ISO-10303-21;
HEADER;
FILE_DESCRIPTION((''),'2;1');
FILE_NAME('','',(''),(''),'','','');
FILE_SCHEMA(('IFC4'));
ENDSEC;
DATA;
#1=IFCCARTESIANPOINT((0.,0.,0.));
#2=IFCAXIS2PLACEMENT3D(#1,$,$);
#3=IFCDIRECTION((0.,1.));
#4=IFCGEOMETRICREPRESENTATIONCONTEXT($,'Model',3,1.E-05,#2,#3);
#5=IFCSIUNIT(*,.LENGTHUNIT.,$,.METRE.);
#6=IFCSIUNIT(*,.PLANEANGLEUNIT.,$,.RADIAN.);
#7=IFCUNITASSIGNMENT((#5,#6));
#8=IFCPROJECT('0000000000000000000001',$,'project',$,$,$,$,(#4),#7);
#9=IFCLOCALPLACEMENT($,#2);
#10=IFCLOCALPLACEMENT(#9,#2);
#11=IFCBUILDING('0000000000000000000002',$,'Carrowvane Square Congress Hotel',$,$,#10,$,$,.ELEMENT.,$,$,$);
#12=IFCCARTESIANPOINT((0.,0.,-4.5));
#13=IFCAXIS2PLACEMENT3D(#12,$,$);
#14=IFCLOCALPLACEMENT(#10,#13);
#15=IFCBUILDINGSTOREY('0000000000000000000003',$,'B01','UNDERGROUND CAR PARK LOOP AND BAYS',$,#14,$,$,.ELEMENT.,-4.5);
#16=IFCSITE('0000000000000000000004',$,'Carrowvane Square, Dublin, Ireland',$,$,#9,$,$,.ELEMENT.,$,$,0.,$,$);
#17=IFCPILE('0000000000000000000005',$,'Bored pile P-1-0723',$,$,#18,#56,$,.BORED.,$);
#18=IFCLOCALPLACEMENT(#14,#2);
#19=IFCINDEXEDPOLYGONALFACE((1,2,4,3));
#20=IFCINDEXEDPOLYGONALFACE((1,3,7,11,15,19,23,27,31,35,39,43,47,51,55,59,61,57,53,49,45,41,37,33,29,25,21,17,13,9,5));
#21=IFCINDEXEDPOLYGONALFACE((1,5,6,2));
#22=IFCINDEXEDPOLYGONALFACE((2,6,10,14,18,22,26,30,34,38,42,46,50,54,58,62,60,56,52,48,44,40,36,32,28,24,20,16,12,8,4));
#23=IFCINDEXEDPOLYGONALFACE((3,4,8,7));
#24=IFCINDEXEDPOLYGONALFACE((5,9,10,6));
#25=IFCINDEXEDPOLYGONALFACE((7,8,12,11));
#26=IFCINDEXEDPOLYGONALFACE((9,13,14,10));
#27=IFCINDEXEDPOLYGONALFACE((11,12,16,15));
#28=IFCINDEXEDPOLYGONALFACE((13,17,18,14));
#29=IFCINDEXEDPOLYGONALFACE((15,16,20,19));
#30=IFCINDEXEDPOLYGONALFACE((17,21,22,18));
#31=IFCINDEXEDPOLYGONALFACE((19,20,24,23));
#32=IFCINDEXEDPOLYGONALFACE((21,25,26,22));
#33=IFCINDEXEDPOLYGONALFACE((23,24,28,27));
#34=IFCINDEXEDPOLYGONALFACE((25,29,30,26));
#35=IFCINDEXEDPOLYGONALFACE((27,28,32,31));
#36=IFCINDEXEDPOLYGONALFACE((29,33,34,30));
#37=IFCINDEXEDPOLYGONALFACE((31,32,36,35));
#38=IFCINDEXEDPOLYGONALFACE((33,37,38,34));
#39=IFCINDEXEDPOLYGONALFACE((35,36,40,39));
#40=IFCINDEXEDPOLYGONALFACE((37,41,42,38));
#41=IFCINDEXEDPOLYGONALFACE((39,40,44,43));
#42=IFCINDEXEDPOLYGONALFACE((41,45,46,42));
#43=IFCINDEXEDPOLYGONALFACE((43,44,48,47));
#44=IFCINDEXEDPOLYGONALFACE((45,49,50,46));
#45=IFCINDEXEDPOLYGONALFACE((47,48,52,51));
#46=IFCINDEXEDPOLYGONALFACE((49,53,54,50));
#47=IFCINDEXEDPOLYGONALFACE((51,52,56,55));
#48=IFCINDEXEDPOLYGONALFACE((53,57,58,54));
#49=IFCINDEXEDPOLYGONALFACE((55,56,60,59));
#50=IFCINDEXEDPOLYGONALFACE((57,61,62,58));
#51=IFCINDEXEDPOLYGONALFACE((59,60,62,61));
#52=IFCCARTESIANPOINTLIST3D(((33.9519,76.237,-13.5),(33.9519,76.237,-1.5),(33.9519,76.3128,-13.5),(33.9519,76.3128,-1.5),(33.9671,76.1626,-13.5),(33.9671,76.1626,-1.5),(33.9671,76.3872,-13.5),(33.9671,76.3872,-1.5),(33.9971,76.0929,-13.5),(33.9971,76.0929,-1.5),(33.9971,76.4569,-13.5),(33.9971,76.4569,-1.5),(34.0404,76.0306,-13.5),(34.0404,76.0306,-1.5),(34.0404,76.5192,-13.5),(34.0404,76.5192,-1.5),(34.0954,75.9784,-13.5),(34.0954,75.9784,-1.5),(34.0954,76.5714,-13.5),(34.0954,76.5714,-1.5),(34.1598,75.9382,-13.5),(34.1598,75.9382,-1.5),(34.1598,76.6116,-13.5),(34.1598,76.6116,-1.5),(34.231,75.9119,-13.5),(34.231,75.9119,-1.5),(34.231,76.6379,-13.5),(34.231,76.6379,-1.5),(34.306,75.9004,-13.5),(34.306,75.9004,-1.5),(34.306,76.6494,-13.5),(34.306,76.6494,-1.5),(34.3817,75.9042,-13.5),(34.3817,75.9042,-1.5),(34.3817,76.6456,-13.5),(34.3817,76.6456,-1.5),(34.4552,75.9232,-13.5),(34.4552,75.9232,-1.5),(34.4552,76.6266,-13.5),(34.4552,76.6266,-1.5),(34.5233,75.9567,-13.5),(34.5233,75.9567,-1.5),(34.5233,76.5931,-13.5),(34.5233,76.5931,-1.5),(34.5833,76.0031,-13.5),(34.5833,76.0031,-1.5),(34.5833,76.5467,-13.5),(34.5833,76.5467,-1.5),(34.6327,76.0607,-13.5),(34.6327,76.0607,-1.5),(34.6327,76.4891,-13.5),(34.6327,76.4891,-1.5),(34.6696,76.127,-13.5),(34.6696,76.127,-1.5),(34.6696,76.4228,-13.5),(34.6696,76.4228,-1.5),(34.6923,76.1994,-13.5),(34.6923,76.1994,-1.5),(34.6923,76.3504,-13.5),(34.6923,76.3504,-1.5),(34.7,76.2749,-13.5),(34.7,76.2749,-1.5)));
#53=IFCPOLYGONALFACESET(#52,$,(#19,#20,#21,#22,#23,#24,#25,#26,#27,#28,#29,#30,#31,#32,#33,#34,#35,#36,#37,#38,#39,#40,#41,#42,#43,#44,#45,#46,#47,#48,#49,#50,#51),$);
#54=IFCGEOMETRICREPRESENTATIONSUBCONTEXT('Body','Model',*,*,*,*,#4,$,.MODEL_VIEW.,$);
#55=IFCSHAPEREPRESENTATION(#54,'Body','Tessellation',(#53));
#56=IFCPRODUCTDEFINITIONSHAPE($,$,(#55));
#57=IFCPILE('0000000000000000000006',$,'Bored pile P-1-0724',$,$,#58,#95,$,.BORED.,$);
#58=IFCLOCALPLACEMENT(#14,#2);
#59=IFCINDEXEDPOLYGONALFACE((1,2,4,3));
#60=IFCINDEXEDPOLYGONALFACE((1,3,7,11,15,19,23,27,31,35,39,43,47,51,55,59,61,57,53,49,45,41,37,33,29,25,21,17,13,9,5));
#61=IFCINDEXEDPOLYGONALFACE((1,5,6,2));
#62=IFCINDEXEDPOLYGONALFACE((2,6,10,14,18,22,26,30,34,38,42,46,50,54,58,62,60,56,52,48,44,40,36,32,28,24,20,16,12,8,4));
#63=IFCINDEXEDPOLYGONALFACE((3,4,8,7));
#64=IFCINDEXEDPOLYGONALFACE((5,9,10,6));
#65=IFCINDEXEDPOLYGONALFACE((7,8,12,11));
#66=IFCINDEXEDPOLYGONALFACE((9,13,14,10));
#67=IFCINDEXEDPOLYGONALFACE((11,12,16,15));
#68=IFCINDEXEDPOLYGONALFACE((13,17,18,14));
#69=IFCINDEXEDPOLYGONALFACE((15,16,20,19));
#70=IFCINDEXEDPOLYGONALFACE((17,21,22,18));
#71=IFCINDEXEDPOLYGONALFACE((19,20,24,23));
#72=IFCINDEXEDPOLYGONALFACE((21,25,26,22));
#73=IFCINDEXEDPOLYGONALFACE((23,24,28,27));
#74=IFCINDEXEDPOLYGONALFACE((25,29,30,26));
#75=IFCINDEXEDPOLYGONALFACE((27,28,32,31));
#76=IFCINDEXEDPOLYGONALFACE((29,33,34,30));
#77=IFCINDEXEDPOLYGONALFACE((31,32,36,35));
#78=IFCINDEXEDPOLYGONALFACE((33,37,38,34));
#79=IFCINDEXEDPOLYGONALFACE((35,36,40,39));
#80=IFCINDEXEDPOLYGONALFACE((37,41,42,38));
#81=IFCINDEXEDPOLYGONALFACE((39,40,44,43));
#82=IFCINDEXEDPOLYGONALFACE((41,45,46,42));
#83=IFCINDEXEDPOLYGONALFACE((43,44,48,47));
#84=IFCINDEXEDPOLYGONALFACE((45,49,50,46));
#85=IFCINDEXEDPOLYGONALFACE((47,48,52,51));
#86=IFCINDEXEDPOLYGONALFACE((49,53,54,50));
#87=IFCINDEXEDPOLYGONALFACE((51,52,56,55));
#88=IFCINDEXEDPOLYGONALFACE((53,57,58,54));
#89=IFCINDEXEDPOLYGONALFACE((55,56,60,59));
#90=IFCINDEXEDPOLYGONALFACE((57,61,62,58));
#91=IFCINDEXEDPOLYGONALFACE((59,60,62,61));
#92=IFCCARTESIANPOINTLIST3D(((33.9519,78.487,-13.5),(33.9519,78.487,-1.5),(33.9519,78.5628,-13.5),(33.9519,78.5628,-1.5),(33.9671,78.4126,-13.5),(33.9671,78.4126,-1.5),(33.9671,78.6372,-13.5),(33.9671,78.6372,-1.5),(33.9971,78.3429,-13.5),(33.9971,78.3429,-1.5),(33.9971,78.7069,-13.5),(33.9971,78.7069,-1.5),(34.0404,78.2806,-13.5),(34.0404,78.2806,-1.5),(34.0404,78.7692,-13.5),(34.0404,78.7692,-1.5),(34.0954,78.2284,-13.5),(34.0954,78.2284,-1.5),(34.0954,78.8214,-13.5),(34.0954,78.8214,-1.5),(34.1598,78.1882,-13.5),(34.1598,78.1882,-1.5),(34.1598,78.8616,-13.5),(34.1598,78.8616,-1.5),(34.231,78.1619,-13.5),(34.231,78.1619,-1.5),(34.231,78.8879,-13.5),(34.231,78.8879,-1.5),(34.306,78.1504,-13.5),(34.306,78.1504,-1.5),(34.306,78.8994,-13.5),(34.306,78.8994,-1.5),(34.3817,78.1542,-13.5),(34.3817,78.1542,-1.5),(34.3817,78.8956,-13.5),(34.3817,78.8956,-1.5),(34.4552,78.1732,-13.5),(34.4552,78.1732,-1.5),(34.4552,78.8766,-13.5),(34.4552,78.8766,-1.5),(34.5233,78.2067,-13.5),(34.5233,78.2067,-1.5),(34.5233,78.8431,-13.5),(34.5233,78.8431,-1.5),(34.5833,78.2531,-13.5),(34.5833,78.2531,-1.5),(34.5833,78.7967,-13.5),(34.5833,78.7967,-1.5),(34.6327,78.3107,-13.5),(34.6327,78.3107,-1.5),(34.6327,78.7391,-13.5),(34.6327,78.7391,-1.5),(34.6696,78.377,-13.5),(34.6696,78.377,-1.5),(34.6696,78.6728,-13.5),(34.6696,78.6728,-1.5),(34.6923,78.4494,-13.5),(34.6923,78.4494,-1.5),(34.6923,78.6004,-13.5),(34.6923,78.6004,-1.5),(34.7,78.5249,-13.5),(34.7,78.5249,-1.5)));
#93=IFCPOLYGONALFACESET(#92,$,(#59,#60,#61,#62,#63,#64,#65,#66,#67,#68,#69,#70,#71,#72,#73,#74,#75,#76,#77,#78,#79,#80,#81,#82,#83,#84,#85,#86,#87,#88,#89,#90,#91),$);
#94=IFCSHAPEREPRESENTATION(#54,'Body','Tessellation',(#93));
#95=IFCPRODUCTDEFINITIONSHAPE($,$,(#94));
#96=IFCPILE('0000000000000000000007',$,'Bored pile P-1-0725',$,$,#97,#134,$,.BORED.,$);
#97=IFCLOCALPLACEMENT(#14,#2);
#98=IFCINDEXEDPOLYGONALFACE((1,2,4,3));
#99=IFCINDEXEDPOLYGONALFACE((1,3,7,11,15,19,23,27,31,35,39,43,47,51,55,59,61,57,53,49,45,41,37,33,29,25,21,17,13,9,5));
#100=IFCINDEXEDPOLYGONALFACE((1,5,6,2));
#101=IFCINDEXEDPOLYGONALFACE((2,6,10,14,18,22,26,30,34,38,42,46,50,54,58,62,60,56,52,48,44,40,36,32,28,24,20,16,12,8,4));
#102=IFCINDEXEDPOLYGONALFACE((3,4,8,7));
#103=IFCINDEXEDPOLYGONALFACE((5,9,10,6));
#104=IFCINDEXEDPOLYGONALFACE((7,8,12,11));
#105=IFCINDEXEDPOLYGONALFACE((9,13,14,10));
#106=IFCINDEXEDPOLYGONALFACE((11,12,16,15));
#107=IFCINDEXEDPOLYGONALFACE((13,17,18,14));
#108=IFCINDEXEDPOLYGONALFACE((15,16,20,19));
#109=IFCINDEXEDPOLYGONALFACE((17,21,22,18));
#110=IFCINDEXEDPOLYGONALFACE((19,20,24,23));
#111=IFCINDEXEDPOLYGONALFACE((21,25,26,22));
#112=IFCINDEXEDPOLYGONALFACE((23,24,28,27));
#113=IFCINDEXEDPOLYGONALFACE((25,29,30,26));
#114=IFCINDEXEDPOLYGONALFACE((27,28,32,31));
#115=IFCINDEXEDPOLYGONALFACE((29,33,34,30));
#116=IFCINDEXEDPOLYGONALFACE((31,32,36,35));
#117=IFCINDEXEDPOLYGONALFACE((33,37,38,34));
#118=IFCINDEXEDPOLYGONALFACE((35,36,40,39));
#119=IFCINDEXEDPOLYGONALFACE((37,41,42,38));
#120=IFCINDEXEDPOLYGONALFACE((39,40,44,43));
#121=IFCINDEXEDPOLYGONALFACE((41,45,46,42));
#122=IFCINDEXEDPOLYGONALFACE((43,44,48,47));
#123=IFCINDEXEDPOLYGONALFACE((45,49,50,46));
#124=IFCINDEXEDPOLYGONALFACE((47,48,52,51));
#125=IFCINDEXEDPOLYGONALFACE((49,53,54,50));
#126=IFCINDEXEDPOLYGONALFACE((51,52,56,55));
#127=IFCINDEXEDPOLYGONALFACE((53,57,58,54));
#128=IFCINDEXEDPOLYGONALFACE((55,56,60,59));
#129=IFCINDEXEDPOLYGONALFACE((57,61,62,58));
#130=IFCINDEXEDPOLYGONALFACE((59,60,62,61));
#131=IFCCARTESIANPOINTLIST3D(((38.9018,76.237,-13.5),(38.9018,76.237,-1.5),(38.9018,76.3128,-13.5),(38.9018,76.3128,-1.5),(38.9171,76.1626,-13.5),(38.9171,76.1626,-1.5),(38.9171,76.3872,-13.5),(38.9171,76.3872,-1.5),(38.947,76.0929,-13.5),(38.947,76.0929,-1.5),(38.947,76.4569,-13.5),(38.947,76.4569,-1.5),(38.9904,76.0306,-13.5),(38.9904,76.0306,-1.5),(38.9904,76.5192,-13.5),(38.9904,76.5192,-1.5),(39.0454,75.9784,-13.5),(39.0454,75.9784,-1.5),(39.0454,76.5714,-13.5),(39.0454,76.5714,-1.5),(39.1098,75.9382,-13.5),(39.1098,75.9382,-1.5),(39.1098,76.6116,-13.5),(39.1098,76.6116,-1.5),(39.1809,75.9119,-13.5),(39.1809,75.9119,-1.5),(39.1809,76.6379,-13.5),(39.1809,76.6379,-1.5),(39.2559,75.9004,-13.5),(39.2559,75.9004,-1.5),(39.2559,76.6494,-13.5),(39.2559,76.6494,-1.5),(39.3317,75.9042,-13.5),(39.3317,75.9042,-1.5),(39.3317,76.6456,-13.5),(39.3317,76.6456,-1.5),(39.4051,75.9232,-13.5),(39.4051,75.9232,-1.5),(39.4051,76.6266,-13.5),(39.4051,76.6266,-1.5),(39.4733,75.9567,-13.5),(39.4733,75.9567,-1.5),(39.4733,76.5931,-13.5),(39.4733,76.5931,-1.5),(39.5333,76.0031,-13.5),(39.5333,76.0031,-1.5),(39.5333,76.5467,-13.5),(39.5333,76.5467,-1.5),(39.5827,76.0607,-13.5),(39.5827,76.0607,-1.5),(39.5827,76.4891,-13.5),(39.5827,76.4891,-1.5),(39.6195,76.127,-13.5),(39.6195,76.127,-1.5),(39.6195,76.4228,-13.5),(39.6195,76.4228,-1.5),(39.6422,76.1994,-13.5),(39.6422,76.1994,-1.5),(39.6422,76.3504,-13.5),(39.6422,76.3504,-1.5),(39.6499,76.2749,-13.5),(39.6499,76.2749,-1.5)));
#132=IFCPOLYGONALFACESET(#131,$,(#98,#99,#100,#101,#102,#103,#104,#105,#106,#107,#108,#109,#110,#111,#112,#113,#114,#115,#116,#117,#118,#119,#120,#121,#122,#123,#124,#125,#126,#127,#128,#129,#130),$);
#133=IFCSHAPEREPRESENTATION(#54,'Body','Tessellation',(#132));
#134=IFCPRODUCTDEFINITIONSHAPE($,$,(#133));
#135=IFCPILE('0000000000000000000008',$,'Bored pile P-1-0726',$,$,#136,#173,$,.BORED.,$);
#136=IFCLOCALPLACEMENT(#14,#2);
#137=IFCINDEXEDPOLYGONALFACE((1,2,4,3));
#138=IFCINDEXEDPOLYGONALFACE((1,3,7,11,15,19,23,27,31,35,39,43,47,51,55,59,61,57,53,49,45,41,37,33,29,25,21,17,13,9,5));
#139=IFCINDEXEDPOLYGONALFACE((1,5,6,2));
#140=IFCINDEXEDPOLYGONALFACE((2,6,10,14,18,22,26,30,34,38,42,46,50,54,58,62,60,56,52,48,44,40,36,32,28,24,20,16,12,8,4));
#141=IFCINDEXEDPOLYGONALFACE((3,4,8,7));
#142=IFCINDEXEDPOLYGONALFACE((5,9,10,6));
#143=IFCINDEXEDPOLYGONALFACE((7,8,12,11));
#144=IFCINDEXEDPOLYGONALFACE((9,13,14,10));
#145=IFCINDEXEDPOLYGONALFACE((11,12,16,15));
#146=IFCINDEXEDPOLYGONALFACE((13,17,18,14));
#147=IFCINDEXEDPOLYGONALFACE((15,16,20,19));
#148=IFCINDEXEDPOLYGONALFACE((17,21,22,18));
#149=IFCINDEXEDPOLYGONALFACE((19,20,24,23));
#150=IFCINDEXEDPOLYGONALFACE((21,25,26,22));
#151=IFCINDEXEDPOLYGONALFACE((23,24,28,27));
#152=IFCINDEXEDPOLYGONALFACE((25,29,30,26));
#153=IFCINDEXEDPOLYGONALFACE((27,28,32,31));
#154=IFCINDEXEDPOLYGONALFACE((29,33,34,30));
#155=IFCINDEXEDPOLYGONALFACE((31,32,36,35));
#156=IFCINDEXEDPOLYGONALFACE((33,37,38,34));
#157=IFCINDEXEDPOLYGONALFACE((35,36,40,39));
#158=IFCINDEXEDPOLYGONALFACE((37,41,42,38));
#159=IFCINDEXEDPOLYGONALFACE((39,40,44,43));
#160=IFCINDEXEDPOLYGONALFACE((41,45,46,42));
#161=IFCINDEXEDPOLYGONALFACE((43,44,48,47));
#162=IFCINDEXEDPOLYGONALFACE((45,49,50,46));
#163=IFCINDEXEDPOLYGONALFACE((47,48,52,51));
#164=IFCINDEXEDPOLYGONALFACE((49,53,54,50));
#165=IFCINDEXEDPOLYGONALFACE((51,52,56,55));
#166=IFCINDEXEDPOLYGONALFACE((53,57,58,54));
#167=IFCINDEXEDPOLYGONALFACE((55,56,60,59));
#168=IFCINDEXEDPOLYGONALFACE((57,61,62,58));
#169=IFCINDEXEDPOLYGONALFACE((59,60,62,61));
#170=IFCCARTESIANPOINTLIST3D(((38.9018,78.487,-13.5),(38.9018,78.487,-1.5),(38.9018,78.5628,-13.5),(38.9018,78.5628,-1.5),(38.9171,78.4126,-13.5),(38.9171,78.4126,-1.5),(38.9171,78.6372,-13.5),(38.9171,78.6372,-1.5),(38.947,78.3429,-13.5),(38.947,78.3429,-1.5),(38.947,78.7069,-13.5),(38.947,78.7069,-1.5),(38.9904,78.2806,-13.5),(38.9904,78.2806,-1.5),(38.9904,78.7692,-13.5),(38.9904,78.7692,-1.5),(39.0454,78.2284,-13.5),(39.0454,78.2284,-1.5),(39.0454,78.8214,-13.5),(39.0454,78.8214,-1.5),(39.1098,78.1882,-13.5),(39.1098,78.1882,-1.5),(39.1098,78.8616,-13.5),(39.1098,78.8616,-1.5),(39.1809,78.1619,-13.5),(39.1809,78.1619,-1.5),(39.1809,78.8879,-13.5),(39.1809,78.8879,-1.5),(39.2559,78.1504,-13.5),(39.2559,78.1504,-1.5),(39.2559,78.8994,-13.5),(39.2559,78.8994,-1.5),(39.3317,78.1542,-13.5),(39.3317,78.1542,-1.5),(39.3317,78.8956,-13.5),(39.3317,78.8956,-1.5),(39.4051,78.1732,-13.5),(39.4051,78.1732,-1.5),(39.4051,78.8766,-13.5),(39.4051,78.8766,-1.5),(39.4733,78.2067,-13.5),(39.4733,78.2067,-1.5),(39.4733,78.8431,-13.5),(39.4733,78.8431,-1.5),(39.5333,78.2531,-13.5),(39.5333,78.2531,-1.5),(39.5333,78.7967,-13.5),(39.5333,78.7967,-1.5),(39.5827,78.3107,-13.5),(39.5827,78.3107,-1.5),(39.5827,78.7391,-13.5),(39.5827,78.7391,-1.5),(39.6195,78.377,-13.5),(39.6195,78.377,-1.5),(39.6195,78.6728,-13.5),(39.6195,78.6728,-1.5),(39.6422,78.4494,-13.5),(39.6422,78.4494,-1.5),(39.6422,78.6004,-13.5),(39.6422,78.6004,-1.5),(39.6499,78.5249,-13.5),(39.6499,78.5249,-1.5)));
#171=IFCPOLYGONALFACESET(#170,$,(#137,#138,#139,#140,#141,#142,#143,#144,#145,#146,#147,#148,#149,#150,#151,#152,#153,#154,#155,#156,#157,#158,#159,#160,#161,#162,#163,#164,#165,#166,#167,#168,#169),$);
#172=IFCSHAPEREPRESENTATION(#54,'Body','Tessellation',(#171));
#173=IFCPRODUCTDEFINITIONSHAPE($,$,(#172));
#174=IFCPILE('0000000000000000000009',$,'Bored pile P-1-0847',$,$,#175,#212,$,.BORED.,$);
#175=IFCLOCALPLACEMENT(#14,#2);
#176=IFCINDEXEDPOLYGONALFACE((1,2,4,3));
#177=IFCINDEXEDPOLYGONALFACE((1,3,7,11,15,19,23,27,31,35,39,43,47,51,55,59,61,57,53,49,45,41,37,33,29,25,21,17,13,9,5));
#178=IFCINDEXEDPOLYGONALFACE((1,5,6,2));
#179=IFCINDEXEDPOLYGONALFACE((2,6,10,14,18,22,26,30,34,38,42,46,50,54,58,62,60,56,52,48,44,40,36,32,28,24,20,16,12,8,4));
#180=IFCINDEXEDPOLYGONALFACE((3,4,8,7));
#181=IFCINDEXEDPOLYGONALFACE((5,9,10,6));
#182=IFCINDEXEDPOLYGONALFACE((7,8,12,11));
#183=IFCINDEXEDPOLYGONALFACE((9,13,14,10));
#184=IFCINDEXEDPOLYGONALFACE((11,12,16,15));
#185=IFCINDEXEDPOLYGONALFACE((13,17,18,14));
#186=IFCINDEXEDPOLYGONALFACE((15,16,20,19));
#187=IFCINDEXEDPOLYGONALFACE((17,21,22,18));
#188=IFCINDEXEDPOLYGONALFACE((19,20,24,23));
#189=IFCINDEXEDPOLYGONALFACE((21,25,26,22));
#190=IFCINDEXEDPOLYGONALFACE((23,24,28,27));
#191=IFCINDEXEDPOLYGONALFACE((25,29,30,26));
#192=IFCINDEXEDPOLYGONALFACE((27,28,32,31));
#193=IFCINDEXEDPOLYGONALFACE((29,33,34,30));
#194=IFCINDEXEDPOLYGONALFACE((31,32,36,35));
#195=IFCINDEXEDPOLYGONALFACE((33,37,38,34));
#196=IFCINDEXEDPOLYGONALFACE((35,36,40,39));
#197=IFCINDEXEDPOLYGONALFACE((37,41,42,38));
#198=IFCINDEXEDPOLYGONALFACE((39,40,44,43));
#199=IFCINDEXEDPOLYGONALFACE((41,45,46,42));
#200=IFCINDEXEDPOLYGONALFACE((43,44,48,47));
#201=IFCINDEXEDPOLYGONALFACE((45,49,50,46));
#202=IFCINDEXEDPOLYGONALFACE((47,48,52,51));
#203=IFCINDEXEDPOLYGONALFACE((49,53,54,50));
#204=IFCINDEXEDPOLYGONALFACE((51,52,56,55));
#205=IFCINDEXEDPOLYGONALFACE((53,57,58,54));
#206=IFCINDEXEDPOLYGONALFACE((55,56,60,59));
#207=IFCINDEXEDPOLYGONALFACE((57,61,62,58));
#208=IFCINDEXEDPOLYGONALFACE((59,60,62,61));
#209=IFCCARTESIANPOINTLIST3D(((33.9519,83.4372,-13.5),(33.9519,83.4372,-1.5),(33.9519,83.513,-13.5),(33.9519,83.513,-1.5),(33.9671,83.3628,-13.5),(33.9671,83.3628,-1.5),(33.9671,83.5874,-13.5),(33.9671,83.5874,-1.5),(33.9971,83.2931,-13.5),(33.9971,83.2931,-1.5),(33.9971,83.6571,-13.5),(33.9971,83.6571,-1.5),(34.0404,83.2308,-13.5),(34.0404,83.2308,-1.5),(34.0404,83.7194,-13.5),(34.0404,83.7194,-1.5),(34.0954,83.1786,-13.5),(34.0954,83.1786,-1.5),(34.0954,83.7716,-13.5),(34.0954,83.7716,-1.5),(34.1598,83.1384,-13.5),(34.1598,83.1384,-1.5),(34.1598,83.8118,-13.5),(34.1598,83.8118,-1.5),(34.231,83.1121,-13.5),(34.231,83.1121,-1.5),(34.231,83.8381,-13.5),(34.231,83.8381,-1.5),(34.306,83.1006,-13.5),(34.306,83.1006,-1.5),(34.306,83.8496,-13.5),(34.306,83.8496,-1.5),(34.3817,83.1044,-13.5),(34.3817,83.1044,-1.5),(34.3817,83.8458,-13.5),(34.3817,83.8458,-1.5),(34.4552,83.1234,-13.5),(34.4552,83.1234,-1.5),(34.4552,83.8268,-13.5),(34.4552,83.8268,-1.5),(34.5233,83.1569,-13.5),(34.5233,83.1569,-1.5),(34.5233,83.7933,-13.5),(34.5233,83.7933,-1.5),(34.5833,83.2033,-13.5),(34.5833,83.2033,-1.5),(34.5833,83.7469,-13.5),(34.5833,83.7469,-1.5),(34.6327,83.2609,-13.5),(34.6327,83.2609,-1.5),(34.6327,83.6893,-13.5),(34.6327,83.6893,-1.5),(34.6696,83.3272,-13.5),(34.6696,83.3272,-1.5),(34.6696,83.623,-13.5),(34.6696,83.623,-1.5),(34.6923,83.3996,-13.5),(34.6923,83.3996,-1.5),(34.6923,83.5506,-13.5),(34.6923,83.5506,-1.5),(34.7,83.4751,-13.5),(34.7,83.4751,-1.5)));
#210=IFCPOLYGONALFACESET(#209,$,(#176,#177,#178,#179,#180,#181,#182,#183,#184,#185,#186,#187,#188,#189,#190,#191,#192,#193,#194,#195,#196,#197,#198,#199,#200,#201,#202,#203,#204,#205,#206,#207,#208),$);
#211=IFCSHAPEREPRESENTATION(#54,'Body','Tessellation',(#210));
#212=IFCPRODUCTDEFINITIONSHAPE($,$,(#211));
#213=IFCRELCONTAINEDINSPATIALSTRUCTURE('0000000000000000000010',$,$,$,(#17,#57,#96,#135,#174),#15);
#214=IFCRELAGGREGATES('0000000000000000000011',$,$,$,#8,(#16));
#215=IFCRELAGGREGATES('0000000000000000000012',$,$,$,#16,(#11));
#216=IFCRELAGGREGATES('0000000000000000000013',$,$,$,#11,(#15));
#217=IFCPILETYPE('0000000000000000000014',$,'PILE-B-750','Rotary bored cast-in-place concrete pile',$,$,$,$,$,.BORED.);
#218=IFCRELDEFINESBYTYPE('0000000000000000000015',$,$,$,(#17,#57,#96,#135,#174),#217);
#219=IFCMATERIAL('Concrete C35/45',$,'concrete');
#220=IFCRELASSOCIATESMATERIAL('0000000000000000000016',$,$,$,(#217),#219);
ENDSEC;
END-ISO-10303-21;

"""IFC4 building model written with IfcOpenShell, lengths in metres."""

from ifc_helpers import new_model, si_unit, direction, frame, origin, origin_2d, place, context, subcontext, project, spatial, circle, extrude, material, material_profile, profile_set, type_object, element, save


model = new_model("IFC4")

# Units and contexts
model_context = context("Model", 3, precision=1e-05, world=origin(), true_north=direction((0.0, 1.0)))
body_context = subcontext(model_context, "Body", "Model", "MODEL_VIEW")
ifc_project = project(units=[si_unit("LENGTHUNIT", "METRE"), si_unit("PLANEANGLEUNIT", "RADIAN")], contexts=[model_context])

# Site, building, storey
site_placement = place(None, origin())
site = spatial("IfcSite", under=ifc_project, at=site_placement, Name="Carrowvane Square, Dublin, Ireland", CompositionType="ELEMENT", RefElevation=0.0)
building_placement = place(site_placement, origin())
building = spatial("IfcBuilding", under=site, at=building_placement, Name="Carrowvane Square Congress Hotel", CompositionType="ELEMENT")
storey_placement = place(building_placement, frame((0.0, 0.0, -4.5)))
storey = spatial("IfcBuildingStorey", under=building, at=storey_placement, Name="B01", Description="UNDERGROUND CAR PARK LOOP AND BAYS", CompositionType="ELEMENT", Elevation=-4.5)

# Piles
ifc_material_1 = material(Name="Concrete C35/45", Category="concrete")
ifc_material_profile_1 = material_profile(ifc_material_1, circle(Radius=0.375, at=origin_2d()), Name="PILE D750")
ifc_profile_set_1 = profile_set([ifc_material_profile_1], Name="Concrete C35/45")
pile_type = type_object("IfcPileType", Name="PILE-B-750", Description="Rotary bored cast-in-place concrete pile", PredefinedType="BORED", material=ifc_profile_set_1)
for number, where, z_axis, x_axis, name in (
    (1, (34.325, 76.2749, -1.5), (0.0, 0.0, -1.0), (1.0, 0.0, 0.0), "Bored pile P-1-0723"),
    (2, (34.325, 78.5249, -1.5), (0.0, 0.0, -1.0), (1.0, 0.0, 0.0), "Bored pile P-1-0724"),
    (3, (39.2749, 76.2749, -1.5), (0.0, 0.0, -1.0), (1.0, 0.0, 0.0), "Bored pile P-1-0725"),
    (4, (39.2749, 78.5249, -1.5), (0.0, 0.0, -1.0), (1.0, 0.0, 0.0), "Bored pile P-1-0726"),
    (5, (34.325, 83.4751, -1.5), (0.0, 0.0, -1.0), (1.0, 0.0, 0.0), "Bored pile P-1-0847"),
):
    element("IfcPile", number, at=place(storey_placement, frame(where, z_axis=z_axis, x_axis=x_axis)), inside=storey, type_object=pile_type, Name=name, PredefinedType="BORED", context=body_context, shape_type="SweptSolid", body=[
        extrude(circle(Radius=0.375, at=origin_2d()), origin(), (0.0, 0.0, 1.0), 12.0),
    ])

save(model, "model.ifc")
